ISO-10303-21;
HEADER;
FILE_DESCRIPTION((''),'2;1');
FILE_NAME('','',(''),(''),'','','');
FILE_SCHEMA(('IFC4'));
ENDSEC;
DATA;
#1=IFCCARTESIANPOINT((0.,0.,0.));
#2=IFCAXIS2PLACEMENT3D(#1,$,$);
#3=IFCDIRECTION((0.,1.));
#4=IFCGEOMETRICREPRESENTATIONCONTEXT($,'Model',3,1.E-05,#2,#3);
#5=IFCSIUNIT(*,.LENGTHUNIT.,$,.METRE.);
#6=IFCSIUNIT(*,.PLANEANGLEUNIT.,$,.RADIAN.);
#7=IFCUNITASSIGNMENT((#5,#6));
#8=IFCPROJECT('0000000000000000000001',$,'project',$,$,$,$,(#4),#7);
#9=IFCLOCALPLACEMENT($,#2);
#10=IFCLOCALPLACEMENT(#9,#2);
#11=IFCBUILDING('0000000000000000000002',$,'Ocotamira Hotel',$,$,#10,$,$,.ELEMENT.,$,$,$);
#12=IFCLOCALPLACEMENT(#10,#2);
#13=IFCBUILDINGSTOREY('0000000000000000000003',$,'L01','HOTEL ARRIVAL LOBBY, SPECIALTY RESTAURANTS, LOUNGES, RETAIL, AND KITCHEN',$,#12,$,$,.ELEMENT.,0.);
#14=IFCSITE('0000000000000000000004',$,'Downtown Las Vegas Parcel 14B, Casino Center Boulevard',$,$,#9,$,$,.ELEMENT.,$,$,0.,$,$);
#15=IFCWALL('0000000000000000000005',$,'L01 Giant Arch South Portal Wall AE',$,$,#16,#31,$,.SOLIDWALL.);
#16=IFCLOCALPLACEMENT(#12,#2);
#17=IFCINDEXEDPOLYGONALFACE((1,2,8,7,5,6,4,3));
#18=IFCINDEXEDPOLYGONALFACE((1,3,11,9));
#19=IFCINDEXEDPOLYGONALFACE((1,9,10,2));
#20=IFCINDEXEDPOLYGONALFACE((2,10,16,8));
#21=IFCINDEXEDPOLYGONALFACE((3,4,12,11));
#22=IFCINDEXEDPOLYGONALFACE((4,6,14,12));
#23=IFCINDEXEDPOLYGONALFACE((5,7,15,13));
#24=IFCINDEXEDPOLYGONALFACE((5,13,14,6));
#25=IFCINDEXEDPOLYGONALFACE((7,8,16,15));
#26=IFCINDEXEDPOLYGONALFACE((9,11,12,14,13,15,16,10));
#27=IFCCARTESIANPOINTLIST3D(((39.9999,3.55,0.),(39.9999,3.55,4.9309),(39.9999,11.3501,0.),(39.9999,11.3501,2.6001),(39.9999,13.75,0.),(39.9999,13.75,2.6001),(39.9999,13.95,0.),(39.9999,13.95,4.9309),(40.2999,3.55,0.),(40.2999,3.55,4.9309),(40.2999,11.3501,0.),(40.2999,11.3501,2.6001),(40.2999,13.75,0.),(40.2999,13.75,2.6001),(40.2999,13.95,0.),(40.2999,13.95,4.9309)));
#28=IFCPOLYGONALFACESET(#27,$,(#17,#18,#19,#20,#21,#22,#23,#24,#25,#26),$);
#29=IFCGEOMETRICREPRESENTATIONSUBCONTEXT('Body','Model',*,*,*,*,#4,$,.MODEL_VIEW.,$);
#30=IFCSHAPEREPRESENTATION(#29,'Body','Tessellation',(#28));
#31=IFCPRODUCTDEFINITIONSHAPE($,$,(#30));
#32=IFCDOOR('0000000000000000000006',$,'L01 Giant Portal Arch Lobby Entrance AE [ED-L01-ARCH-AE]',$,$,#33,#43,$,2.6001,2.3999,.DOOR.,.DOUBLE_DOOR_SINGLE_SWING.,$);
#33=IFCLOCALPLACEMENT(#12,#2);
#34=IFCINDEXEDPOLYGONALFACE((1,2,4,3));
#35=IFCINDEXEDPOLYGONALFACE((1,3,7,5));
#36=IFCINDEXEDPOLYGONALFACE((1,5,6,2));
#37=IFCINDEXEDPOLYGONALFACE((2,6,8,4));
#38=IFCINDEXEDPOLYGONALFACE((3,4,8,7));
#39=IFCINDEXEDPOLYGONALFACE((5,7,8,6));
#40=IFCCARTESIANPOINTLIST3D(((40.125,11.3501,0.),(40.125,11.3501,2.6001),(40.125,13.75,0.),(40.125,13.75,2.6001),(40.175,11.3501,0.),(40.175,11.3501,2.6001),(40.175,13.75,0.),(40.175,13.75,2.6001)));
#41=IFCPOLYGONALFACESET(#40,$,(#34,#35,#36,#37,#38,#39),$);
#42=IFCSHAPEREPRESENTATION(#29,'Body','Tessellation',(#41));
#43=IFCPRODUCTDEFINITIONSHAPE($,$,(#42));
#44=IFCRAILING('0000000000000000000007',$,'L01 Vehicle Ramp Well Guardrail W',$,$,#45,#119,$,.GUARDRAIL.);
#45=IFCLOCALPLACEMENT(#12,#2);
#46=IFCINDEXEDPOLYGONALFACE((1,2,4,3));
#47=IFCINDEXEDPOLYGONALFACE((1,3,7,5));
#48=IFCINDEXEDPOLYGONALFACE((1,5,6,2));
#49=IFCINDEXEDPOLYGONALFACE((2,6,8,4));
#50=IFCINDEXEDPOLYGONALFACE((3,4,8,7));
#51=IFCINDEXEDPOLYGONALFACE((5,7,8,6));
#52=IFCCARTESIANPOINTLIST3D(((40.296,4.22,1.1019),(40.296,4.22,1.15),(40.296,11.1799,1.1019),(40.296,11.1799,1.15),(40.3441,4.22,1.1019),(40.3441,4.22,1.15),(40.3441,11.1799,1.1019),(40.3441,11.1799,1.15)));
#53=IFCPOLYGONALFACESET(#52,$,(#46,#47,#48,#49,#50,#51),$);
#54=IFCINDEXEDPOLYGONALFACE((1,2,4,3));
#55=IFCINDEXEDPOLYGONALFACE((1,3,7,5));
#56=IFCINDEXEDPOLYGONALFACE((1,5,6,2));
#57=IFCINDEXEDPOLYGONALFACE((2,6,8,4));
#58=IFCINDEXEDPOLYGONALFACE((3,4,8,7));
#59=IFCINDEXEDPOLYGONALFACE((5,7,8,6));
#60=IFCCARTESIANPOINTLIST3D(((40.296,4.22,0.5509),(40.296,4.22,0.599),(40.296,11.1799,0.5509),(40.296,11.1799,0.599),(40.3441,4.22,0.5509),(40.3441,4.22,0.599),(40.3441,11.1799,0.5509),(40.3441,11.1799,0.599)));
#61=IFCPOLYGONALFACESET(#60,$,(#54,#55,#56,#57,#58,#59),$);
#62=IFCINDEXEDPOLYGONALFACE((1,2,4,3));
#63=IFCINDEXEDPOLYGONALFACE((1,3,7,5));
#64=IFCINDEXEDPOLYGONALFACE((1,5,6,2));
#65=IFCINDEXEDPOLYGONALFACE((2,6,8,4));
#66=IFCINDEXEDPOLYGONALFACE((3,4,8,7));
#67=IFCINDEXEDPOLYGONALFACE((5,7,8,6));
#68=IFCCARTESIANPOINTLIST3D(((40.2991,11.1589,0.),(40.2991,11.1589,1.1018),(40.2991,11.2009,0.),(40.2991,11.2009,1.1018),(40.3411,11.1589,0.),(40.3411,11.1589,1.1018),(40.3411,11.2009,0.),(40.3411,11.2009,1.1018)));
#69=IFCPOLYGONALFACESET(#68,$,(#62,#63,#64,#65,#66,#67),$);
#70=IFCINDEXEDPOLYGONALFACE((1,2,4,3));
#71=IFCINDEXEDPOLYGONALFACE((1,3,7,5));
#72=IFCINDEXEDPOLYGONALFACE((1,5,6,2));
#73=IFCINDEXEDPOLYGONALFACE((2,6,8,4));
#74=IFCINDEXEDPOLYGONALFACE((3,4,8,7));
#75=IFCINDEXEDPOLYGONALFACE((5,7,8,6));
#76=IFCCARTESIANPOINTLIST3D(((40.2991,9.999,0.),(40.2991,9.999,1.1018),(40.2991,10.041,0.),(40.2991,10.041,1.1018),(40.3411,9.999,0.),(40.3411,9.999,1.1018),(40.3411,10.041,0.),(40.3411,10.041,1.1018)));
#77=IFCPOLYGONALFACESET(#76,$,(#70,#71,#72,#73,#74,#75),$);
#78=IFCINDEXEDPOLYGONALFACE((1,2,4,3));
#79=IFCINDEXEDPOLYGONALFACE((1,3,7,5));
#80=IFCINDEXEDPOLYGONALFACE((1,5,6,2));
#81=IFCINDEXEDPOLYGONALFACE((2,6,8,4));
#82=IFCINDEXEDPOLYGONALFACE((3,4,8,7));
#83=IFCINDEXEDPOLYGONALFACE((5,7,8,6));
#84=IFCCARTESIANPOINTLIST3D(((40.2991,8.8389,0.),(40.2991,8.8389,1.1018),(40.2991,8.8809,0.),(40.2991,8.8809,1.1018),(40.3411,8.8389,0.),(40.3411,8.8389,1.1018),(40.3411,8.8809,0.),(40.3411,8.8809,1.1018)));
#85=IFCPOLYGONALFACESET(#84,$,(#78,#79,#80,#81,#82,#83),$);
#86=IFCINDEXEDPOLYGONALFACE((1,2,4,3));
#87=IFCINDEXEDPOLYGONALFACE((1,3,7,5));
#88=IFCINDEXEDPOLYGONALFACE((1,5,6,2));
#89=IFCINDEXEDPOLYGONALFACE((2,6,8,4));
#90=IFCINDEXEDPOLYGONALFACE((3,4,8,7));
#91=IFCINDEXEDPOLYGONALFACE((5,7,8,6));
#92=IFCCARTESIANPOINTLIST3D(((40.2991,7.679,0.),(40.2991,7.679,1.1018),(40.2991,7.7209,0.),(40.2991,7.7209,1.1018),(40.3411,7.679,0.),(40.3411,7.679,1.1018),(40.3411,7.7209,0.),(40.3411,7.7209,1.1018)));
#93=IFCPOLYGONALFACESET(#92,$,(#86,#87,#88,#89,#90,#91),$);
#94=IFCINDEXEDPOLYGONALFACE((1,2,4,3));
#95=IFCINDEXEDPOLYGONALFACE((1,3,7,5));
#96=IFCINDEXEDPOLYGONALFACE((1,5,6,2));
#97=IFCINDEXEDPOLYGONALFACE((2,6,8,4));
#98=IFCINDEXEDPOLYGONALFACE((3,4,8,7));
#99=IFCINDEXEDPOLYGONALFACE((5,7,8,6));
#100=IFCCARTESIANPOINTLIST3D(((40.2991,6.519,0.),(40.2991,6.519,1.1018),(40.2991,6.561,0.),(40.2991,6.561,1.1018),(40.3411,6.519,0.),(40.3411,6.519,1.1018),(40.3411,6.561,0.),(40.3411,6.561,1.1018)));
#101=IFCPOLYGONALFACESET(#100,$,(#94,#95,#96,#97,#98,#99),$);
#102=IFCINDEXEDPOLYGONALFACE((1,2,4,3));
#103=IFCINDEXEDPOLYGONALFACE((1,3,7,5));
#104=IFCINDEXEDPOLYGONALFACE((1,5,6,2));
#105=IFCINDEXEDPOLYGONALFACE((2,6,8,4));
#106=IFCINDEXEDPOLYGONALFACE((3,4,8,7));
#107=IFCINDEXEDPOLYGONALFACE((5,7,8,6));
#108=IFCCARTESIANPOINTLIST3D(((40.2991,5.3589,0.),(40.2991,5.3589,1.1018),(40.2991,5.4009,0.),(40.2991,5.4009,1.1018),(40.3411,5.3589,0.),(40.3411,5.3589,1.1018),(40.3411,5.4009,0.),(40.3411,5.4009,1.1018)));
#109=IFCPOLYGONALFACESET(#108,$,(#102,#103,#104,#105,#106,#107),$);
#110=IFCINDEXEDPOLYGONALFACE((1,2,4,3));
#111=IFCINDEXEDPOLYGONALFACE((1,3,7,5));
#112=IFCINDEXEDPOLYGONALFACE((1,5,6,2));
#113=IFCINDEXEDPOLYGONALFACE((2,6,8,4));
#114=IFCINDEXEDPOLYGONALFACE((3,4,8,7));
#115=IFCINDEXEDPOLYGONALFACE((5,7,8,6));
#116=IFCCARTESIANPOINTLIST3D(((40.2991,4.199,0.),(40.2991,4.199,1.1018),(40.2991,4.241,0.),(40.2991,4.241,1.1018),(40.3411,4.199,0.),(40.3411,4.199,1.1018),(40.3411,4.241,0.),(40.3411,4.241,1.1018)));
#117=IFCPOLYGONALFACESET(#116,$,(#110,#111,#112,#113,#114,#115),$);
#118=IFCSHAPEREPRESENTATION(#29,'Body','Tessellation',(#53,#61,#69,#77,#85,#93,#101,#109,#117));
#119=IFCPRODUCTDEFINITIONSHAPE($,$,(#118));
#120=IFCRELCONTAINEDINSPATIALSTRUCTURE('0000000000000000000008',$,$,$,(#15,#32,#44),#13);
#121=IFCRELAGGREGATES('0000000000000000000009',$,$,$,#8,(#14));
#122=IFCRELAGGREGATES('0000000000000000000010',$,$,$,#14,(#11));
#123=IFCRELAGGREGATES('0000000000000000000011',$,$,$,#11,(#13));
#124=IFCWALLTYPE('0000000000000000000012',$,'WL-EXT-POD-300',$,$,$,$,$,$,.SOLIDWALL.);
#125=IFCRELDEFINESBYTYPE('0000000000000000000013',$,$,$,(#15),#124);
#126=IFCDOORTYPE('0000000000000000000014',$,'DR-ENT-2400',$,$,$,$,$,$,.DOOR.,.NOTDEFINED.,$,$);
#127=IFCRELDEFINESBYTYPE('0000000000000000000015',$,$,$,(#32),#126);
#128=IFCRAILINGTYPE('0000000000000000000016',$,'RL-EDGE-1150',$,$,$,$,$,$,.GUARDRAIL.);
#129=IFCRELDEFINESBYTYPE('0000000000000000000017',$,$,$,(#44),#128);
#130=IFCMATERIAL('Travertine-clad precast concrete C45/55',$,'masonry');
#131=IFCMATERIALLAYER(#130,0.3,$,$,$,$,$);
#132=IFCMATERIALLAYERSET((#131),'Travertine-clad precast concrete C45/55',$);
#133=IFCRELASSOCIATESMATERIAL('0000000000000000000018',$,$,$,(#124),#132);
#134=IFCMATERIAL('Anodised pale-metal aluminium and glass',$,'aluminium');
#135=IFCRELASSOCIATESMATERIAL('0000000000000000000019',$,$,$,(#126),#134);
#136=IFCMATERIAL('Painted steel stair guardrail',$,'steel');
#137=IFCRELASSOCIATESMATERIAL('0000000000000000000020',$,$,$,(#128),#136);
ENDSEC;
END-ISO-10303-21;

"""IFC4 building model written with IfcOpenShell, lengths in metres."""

from ifc_helpers import new_model, si_unit, direction, frame, frame_2d, origin, origin_2d, place, context, subcontext, project, spatial, rectangle, extrude, source, transform, mapped, material, layer, layer_set, type_object, element, fill, save


model = new_model("IFC4")

# Units and contexts
model_context = context("Model", 3, precision=1e-05, world=origin(), true_north=direction((0.0, 1.0)))
body_context = subcontext(model_context, "Body", "Model", "MODEL_VIEW")
ifc_project = project(units=[si_unit("LENGTHUNIT", "METRE"), si_unit("PLANEANGLEUNIT", "RADIAN")], contexts=[model_context])

# Site, building, storey
site_placement = place(None, origin())
site = spatial("IfcSite", under=ifc_project, at=site_placement, Name="Downtown Las Vegas Parcel 14B, Casino Center Boulevard", CompositionType="ELEMENT", RefElevation=0.0)
building_placement = place(site_placement, origin())
building = spatial("IfcBuilding", under=site, at=building_placement, Name="Ocotamira Hotel", CompositionType="ELEMENT")
storey_placement = place(building_placement, origin())
storey = spatial("IfcBuildingStorey", under=building, at=storey_placement, Name="L01", Description="HOTEL ARRIVAL LOBBY, SPECIALTY RESTAURANTS, LOUNGES, RETAIL, AND KITCHEN", CompositionType="ELEMENT", Elevation=0.0)

# Shared definitions
ifc_material_1 = material(Name="Travertine-clad precast concrete C45/55", Category="masonry")
ifc_layer_1 = layer(ifc_material_1, 0.3)
ifc_layer_set_1 = layer_set([ifc_layer_1], Name="Travertine-clad precast concrete C45/55")
wall_type_1 = type_object("IfcWallType", Name="WL-EXT-POD-300", PredefinedType="SOLIDWALL", material=ifc_layer_set_1)
ifc_material_2 = material(Name="Anodised pale-metal aluminium and glass", Category="aluminium")
door_type_1 = type_object("IfcDoorType", Name="DR-ENT-2400", OperationType="NOTDEFINED", PredefinedType="DOOR", material=ifc_material_2)
shared_shape_1 = source(origin(), body_context, "Body", "SweptSolid", [
    extrude(rectangle(XDim=2.3999, YDim=2.6001, at=frame_2d((1.2, 1.3))), frame((0.0, 0.0249, 0.0), z_axis=(0.0, -1.0, 0.0), x_axis=(1.0, 0.0, 0.0)), (0.0, 0.0, 1.0), 0.05),
])

# Wall, opening, door
wall_1_placement = place(storey_placement, frame((40.1499, 3.55, 0.0), z_axis=(0.0, 0.0, 1.0), x_axis=(0.0, 1.0, 0.0)))
wall_1 = element("IfcWall", 1, at=wall_1_placement, inside=storey, type_object=wall_type_1, Name="L01 Giant Arch South Portal Wall AE", PredefinedType="SOLIDWALL", context=body_context, shape_type="SweptSolid", body=[
    extrude(rectangle(XDim=10.3999, YDim=0.3, at=frame_2d((5.2, 0.0))), origin(), (0.0, 0.0, 1.0), 4.9309),
])
opening_1_placement = place(wall_1_placement, frame((7.8, 0.0, 0.0)))
opening_1 = element("IfcOpeningElement", 2, at=opening_1_placement, cuts=wall_1, PredefinedType="OPENING", context=body_context, shape_type="SweptSolid", body=[
    extrude(rectangle(XDim=2.3999, YDim=2.6001, at=frame_2d((1.2, 1.3))), frame((0.0, 0.1602, 0.0), z_axis=(0.0, -1.0, 0.0), x_axis=(1.0, 0.0, 0.0)), (0.0, 0.0, 1.0), 0.3201),
])
door_1_placement = place(opening_1_placement, origin())
door_1 = element("IfcDoor", 3, at=door_1_placement, inside=storey, type_object=door_type_1, Name="L01 Giant Portal Arch Lobby Entrance AE [ED-L01-ARCH-AE]", OperationType="DOUBLE_DOOR_SINGLE_SWING", OverallHeight=2.6001, OverallWidth=2.3999, PredefinedType="DOOR", context=body_context, shape_type="MappedRepresentation", body=[
    mapped(shared_shape_1, transform((0.0, 0.0, 0.0), scale=1.0)),
])
fill(opening_1, door_1)

# Railing
ifc_material_3 = material(Name="Painted steel stair guardrail", Category="steel")
railing_type = type_object("IfcRailingType", Name="RL-EDGE-1150", PredefinedType="GUARDRAIL", material=ifc_material_3)
railing_1_placement = place(storey_placement, frame((40.3201, 11.1799, 0.0)))
element("IfcRailing", 4, at=railing_1_placement, inside=storey, type_object=railing_type, Name="L01 Vehicle Ramp Well Guardrail W", PredefinedType="GUARDRAIL", context=body_context, shape_type="SweptSolid", body=[
    extrude(rectangle(XDim=0.0481, YDim=0.0481, at=origin_2d()), frame((0.0, 0.0, 1.126), z_axis=(0.0, -1.0, 0.0), x_axis=(1.0, 0.0, 0.0)), (0.0, 0.0, 1.0), 6.96),
    extrude(rectangle(XDim=0.0481, YDim=0.0481, at=origin_2d()), frame((0.0, 0.0, 0.575), z_axis=(0.0, -1.0, 0.0), x_axis=(1.0, 0.0, 0.0)), (0.0, 0.0, 1.0), 6.96),
    extrude(rectangle(XDim=0.042, YDim=0.042, at=origin_2d()), origin(), (0.0, 0.0, 1.0), 1.1018),
    extrude(rectangle(XDim=0.042, YDim=0.042, at=origin_2d()), frame((0.0, -1.1599, 0.0)), (0.0, 0.0, 1.0), 1.1018),
    extrude(rectangle(XDim=0.042, YDim=0.042, at=origin_2d()), frame((0.0, -2.3201, 0.0)), (0.0, 0.0, 1.0), 1.1018),
    extrude(rectangle(XDim=0.042, YDim=0.042, at=origin_2d()), frame((0.0, -3.48, 0.0)), (0.0, 0.0, 1.0), 1.1018),
    extrude(rectangle(XDim=0.042, YDim=0.042, at=origin_2d()), frame((0.0, -4.6399, 0.0)), (0.0, 0.0, 1.0), 1.1018),
    extrude(rectangle(XDim=0.042, YDim=0.042, at=origin_2d()), frame((0.0, -5.8, 0.0)), (0.0, 0.0, 1.0), 1.1018),
    extrude(rectangle(XDim=0.042, YDim=0.042, at=origin_2d()), frame((0.0, -6.96, 0.0)), (0.0, 0.0, 1.0), 1.1018),
])

save(model, "model.ifc")
